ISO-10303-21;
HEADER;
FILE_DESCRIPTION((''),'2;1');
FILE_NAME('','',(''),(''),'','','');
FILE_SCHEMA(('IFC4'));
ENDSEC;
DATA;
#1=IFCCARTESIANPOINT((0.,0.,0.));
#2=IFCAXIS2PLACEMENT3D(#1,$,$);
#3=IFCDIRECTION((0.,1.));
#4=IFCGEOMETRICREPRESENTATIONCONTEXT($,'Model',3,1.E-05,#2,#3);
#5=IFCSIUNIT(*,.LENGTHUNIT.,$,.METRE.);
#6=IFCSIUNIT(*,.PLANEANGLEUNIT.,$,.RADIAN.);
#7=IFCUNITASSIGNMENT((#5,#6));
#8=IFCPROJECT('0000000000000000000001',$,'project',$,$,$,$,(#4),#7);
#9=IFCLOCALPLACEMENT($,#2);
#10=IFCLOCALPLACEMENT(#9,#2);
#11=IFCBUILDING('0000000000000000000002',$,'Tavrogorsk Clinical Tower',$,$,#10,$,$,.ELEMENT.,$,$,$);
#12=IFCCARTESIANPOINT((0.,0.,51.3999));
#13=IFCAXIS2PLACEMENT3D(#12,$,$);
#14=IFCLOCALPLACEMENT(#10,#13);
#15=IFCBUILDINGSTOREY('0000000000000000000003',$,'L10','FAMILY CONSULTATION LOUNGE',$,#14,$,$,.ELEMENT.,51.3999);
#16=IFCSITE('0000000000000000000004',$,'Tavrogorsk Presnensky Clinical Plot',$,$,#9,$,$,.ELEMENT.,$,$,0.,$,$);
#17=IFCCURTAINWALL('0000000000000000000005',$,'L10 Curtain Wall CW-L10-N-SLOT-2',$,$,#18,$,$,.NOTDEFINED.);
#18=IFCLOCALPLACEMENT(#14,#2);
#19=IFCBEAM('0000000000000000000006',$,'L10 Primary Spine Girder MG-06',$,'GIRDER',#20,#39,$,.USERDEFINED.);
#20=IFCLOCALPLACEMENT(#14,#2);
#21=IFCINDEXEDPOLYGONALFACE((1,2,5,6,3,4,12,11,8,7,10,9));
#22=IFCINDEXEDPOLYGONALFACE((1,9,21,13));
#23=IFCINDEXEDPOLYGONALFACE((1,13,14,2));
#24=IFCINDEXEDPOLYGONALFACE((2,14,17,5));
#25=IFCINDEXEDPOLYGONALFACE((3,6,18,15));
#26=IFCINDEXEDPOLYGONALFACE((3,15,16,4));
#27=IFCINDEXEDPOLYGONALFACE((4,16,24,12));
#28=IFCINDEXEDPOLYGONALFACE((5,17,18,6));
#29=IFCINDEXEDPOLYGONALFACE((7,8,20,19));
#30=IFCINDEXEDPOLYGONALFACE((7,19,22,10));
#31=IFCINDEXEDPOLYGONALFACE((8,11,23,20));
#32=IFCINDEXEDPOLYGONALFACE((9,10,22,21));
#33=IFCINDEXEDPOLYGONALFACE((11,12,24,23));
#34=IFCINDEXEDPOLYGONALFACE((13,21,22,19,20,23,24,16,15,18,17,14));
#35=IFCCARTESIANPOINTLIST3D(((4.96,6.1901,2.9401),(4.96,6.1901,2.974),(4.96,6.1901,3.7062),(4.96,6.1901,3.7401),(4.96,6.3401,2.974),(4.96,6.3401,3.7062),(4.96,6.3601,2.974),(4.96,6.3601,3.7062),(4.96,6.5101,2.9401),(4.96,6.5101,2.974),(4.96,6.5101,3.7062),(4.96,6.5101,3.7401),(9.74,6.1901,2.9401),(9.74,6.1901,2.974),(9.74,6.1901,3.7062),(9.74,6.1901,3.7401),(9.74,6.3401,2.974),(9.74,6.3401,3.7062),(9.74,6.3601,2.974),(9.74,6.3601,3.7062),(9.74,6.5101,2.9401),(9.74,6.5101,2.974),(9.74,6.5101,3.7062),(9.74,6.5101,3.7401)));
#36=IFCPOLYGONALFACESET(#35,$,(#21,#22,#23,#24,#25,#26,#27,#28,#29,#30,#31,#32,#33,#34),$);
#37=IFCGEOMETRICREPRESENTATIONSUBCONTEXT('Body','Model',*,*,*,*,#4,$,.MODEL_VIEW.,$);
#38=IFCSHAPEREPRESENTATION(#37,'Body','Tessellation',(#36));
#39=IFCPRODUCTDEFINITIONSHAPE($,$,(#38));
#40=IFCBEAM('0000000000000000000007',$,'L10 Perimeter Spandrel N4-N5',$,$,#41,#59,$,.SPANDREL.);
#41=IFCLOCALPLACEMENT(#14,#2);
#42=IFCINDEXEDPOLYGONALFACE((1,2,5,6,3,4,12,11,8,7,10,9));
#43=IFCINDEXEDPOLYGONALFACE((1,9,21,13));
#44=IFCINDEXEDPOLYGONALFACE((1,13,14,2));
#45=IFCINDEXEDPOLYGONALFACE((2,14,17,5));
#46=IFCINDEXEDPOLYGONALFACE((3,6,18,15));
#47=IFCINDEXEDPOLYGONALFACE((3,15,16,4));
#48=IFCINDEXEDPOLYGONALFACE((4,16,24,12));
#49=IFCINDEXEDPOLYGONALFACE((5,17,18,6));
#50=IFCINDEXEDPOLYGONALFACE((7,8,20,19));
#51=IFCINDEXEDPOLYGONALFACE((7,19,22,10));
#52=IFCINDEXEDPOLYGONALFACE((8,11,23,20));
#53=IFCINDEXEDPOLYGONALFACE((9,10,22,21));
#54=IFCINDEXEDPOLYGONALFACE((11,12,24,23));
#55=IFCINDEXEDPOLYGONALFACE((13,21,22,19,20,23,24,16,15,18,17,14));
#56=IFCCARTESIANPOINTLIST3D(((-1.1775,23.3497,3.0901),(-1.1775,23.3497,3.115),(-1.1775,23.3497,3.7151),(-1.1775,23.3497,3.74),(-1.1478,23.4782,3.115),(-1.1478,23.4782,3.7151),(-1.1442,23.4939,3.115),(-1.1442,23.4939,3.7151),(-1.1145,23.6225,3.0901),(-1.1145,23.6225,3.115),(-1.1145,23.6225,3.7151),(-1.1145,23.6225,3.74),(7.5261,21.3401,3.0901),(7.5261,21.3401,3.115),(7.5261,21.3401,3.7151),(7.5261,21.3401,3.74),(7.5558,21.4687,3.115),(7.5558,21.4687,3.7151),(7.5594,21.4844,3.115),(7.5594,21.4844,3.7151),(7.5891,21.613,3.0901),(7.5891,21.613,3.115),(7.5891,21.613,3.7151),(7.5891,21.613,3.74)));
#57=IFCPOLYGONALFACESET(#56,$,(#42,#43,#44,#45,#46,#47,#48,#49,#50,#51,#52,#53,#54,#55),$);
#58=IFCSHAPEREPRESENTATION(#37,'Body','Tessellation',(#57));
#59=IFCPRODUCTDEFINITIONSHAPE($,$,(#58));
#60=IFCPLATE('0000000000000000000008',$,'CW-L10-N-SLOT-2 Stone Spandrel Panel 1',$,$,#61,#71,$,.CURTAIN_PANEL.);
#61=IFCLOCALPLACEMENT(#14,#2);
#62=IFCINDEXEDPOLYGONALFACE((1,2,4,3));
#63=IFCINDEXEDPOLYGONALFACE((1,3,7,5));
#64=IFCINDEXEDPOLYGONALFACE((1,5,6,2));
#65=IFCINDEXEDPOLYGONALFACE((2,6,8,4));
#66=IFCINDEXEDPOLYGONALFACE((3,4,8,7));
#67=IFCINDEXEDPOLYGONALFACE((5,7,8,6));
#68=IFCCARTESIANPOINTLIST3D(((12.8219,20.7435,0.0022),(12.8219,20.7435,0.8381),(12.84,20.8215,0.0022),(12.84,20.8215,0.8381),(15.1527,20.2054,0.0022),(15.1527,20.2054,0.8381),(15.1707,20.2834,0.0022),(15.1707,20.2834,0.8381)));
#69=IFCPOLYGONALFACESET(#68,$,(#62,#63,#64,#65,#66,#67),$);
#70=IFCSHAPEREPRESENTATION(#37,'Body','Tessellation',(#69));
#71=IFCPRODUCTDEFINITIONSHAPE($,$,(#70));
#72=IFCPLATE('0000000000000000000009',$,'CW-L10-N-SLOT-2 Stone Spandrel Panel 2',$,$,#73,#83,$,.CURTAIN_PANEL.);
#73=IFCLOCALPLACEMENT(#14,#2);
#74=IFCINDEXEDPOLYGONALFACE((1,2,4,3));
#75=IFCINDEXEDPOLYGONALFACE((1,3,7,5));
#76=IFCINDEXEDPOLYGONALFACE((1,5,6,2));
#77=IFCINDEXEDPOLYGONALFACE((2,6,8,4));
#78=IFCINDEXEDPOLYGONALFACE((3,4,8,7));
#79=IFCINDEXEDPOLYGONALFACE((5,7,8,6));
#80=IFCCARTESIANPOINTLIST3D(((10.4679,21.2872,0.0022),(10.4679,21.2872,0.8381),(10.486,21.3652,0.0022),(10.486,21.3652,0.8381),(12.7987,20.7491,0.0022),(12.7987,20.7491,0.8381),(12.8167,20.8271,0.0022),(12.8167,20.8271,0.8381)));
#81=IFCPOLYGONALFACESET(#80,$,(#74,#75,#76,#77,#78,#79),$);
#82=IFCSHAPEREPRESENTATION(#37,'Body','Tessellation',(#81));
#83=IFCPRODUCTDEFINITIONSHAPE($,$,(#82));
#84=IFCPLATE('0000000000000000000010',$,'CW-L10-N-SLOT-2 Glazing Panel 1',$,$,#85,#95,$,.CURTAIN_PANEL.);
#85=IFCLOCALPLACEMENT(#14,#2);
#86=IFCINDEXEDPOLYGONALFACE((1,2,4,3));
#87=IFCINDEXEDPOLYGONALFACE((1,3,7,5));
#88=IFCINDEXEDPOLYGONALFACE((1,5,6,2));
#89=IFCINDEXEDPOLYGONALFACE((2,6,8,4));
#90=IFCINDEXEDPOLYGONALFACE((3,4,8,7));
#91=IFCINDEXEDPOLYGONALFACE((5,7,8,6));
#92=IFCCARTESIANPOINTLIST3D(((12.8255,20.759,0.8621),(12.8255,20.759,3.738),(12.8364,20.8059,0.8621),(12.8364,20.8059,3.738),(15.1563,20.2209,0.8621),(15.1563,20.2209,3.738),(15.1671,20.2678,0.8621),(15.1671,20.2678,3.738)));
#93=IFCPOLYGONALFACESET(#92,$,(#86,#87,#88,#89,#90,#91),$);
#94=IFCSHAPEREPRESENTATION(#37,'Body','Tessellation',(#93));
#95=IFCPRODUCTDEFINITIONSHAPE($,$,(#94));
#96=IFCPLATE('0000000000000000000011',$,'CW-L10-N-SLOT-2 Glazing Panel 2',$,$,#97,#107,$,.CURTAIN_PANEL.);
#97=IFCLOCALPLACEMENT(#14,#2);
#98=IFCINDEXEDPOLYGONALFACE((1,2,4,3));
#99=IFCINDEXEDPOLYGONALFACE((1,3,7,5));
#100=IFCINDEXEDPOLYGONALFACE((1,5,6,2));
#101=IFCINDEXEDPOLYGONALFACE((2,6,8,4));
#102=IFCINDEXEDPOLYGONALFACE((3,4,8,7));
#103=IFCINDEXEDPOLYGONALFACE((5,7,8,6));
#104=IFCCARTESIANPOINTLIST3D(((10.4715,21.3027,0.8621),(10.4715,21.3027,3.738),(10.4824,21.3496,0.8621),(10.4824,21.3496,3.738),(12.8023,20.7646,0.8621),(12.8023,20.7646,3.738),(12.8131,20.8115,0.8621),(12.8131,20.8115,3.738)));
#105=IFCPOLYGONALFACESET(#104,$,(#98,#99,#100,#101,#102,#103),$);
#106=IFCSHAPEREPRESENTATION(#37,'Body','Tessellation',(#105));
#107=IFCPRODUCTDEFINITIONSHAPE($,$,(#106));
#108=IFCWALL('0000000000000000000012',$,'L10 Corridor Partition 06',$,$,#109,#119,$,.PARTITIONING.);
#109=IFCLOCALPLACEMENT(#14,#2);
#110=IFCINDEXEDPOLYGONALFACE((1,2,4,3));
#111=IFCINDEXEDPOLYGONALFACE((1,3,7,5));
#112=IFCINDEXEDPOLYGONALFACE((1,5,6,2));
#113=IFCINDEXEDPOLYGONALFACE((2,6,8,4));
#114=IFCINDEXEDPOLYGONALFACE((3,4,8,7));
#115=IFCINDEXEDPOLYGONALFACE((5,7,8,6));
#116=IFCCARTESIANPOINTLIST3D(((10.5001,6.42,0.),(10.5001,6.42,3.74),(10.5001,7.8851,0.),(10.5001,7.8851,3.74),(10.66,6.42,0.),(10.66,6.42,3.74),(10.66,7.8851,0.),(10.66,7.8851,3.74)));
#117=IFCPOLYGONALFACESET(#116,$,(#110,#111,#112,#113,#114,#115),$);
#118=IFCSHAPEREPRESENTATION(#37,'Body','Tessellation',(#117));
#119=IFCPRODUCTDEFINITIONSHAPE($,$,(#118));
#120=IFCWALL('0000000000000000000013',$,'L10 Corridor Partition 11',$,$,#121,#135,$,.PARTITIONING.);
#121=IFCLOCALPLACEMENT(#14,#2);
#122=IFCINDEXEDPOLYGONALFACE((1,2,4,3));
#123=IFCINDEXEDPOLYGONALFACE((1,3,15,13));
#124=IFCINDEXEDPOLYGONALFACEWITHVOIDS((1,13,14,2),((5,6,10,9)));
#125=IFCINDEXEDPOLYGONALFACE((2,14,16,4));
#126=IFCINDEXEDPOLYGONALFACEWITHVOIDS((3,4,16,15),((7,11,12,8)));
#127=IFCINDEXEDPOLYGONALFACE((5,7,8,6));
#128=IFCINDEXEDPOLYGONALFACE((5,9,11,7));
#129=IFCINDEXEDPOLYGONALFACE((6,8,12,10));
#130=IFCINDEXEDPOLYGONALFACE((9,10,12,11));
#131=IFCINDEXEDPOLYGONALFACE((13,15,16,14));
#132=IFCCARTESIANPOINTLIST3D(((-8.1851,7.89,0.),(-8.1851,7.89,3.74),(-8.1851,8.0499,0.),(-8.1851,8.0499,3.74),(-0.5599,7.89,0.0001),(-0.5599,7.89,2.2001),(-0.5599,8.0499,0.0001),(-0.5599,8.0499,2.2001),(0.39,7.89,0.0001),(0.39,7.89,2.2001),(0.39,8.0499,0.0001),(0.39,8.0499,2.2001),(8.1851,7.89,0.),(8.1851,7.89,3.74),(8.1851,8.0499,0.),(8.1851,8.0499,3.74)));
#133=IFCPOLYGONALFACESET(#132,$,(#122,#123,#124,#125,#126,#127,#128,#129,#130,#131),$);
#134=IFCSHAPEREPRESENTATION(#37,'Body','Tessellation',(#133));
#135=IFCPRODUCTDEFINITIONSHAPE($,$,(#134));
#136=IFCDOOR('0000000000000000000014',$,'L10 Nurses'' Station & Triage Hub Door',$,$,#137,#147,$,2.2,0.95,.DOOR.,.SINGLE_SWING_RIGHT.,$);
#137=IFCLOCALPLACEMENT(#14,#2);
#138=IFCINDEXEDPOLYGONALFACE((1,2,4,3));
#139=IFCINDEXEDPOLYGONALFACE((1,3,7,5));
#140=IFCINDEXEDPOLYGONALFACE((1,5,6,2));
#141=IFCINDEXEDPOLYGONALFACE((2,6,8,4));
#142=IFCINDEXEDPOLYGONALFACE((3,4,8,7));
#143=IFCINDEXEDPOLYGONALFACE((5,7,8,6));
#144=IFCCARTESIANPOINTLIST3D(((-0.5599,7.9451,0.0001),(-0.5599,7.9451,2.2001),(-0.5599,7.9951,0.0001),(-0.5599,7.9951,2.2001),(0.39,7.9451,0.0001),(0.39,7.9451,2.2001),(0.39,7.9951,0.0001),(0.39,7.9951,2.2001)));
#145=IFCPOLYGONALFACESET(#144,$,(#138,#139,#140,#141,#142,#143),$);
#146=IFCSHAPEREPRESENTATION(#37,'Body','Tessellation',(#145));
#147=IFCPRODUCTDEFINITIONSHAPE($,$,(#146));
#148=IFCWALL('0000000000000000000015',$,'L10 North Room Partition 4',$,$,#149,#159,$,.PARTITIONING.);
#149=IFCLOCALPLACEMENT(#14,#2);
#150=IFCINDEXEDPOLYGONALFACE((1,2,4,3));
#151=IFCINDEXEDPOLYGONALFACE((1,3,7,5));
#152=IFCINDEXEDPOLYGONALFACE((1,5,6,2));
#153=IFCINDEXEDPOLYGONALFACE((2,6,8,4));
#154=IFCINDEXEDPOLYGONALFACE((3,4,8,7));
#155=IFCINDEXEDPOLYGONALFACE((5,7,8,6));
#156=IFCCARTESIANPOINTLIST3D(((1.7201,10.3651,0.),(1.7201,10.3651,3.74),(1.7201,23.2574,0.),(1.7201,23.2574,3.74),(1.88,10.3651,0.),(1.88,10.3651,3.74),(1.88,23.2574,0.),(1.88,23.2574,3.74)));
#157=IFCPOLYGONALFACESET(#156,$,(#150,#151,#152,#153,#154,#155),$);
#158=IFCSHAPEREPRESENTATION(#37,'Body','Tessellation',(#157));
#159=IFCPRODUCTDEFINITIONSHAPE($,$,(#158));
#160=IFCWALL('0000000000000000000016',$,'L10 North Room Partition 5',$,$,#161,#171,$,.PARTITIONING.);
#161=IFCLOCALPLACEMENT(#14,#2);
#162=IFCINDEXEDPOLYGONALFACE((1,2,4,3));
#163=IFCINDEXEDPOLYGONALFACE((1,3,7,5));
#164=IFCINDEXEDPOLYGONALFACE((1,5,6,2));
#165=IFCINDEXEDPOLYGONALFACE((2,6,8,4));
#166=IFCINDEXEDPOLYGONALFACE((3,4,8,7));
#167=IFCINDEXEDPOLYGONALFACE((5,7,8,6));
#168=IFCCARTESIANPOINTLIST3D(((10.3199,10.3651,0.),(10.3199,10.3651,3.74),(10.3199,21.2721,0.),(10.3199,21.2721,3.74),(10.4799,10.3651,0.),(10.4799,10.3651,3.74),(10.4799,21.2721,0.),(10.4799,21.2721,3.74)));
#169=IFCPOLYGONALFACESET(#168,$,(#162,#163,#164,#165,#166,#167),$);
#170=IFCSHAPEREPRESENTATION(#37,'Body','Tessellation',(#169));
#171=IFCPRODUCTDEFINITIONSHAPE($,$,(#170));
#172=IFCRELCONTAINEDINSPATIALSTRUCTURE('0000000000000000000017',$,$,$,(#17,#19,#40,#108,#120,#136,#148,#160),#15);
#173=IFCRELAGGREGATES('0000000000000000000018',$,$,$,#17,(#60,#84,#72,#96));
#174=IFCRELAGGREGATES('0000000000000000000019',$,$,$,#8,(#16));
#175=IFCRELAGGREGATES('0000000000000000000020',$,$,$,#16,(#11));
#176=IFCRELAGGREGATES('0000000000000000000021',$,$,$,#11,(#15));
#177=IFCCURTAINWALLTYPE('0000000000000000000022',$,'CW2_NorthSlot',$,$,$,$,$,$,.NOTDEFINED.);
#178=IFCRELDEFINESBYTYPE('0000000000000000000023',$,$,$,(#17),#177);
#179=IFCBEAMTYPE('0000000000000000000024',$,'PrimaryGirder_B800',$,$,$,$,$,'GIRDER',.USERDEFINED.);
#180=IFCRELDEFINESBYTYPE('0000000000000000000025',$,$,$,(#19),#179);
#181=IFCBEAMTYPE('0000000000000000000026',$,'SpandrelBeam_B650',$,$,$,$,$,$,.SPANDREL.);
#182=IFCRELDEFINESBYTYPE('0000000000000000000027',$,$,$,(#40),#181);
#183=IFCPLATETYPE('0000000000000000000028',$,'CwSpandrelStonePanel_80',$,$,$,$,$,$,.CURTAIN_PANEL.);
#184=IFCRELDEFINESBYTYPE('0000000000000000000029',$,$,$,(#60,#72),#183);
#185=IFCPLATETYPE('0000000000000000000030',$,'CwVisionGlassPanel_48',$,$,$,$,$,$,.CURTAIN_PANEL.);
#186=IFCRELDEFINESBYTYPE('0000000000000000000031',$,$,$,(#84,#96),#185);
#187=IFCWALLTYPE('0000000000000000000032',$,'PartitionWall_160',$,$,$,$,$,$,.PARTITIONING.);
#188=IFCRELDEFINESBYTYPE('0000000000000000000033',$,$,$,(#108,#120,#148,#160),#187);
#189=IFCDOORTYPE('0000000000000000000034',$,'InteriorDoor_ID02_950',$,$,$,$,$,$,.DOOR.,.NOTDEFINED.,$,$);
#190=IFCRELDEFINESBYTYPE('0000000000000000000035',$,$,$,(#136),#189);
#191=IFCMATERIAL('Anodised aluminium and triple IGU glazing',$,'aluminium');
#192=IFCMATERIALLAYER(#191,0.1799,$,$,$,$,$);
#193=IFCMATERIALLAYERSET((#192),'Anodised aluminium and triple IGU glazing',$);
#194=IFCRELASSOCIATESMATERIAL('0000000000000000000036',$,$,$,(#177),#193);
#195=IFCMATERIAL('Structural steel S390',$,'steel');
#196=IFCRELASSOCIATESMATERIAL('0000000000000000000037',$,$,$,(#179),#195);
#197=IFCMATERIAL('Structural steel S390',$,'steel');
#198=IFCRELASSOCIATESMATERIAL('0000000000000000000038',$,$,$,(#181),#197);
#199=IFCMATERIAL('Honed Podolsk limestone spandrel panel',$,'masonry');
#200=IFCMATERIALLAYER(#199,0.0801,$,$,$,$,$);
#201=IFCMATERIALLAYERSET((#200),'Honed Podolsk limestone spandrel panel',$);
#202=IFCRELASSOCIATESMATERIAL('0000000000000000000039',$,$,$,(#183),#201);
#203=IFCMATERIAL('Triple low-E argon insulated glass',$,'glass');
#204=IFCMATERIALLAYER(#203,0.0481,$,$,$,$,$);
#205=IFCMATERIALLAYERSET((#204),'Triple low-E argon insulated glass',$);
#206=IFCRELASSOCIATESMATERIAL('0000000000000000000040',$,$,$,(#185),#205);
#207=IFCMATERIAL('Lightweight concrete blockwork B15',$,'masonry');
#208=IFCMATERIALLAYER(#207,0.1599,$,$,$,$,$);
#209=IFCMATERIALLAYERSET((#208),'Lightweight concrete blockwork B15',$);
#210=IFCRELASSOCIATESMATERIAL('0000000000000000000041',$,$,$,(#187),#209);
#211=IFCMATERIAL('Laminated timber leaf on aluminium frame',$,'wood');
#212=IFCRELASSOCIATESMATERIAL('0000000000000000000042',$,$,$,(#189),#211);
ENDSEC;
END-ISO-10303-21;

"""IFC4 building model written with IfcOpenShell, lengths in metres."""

from ifc_helpers import new_model, si_unit, direction, frame, frame_2d, origin, origin_2d, place, context, subcontext, project, spatial, rectangle, i_section, extrude, material, layer, layer_set, material_profile, profile_set, type_object, element, fill, aggregate, save


model = new_model("IFC4")

# Units and contexts
model_context = context("Model", 3, precision=1e-05, world=origin(), true_north=direction((0.0, 1.0)))
body_context = subcontext(model_context, "Body", "Model", "MODEL_VIEW")
ifc_project = project(units=[si_unit("LENGTHUNIT", "METRE"), si_unit("PLANEANGLEUNIT", "RADIAN")], contexts=[model_context])

# Site, building, storey
site_placement = place(None, origin())
site = spatial("IfcSite", under=ifc_project, at=site_placement, Name="Tavrogorsk Presnensky Clinical Plot", CompositionType="ELEMENT", RefElevation=0.0)
building_placement = place(site_placement, origin())
building = spatial("IfcBuilding", under=site, at=building_placement, Name="Tavrogorsk Clinical Tower", CompositionType="ELEMENT")
storey_placement = place(building_placement, frame((0.0, 0.0, 51.3999)))
storey = spatial("IfcBuildingStorey", under=building, at=storey_placement, Name="L10", Description="FAMILY CONSULTATION LOUNGE", CompositionType="ELEMENT", Elevation=51.3999)

# Curtain wall
ifc_material_1 = material(Name="Anodised aluminium and triple IGU glazing", Category="aluminium")
ifc_layer_1 = layer(ifc_material_1, 0.1799)
ifc_layer_set_1 = layer_set([ifc_layer_1], Name="Anodised aluminium and triple IGU glazing")
curtain_wall_type = type_object("IfcCurtainWallType", Name="CW2_NorthSlot", PredefinedType="NOTDEFINED", material=ifc_layer_set_1)
curtain_wall_placement = place(storey_placement, origin())
curtain_wall = element("IfcCurtainWall", 1, at=curtain_wall_placement, inside=storey, type_object=curtain_wall_type, Name="L10 Curtain Wall CW-L10-N-SLOT-2", PredefinedType="NOTDEFINED")

# Beams
ifc_material_2 = material(Name="Structural steel S390", Category="steel")
ifc_material_profile_1 = material_profile(ifc_material_2, i_section(OverallWidth=0.3201, OverallDepth=0.8, WebThickness=0.02, FlangeThickness=0.0339, at=origin_2d()), Name="B-800x320x20x34")
ifc_profile_set_1 = profile_set([ifc_material_profile_1], Name="Structural steel S390")
beam_type_1 = type_object("IfcBeamType", Name="PrimaryGirder_B800", ElementType="GIRDER", PredefinedType="USERDEFINED", material=ifc_profile_set_1)
beam_1_placement = place(storey_placement, frame((4.96, 6.3501, 3.3401), z_axis=(1.0, 0.0, 0.0), x_axis=(0.0, 1.0, 0.0)))
element("IfcBeam", 2, at=beam_1_placement, inside=storey, type_object=beam_type_1, Name="L10 Primary Spine Girder MG-06", ObjectType="GIRDER", PredefinedType="USERDEFINED", context=body_context, shape_type="SweptSolid", body=[
    extrude(i_section(OverallWidth=0.3201, OverallDepth=0.8, WebThickness=0.02, FlangeThickness=0.0339, at=origin_2d()), origin(), (0.0, 0.0, 1.0), 4.78),
])
ifc_material_3 = material(Name="Structural steel S390", Category="steel")
ifc_material_profile_2 = material_profile(ifc_material_3, i_section(OverallWidth=0.28, OverallDepth=0.6499, WebThickness=0.0161, FlangeThickness=0.0249, at=origin_2d()), Name="B-650x280x16x25")
ifc_profile_set_2 = profile_set([ifc_material_profile_2], Name="Structural steel S390")
beam_type_2 = type_object("IfcBeamType", Name="SpandrelBeam_B650", PredefinedType="SPANDREL", material=ifc_profile_set_2)
beam_2_placement = place(storey_placement, frame((7.5576, 21.4766, 3.415), z_axis=(-0.974367, 0.224965, 0.0), x_axis=(-0.224965, -0.974367, 0.0)))
element("IfcBeam", 3, at=beam_2_placement, inside=storey, type_object=beam_type_2, Name="L10 Perimeter Spandrel N4-N5", PredefinedType="SPANDREL", context=body_context, shape_type="SweptSolid", body=[
    extrude(i_section(OverallWidth=0.28, OverallDepth=0.6499, WebThickness=0.0161, FlangeThickness=0.0249, at=origin_2d()), origin(), (0.0, 0.0, 1.0), 8.9326),
])

# Plates
ifc_material_4 = material(Name="Honed Podolsk limestone spandrel panel", Category="masonry")
ifc_layer_2 = layer(ifc_material_4, 0.0801)
ifc_layer_set_2 = layer_set([ifc_layer_2], Name="Honed Podolsk limestone spandrel panel")
plate_type_1 = type_object("IfcPlateType", Name="CwSpandrelStonePanel_80", PredefinedType="CURTAIN_PANEL", material=ifc_layer_set_2)
plate_1_placement = place(storey_placement, frame((13.9963, 20.5134, 0.0022), z_axis=(0.0, 0.0, 1.0), x_axis=(-0.97437, 0.224951, 0.0)))
plate_1 = element("IfcPlate", 4, at=plate_1_placement, type_object=plate_type_1, Name="CW-L10-N-SLOT-2 Stone Spandrel Panel 1", PredefinedType="CURTAIN_PANEL", context=body_context, shape_type="SweptSolid", body=[
    extrude(rectangle(XDim=2.3921, YDim=0.0801, at=origin_2d()), origin(), (0.0, 0.0, 1.0), 0.8359),
])
plate_2_placement = place(storey_placement, frame((11.6423, 21.0571, 0.0022), z_axis=(0.0, 0.0, 1.0), x_axis=(-0.97437, 0.224951, 0.0)))
plate_2 = element("IfcPlate", 5, at=plate_2_placement, type_object=plate_type_1, Name="CW-L10-N-SLOT-2 Stone Spandrel Panel 2", PredefinedType="CURTAIN_PANEL", context=body_context, shape_type="SweptSolid", body=[
    extrude(rectangle(XDim=2.3921, YDim=0.0801, at=origin_2d()), origin(), (0.0, 0.0, 1.0), 0.8359),
])
ifc_material_5 = material(Name="Triple low-E argon insulated glass", Category="glass")
ifc_layer_3 = layer(ifc_material_5, 0.0481)
ifc_layer_set_3 = layer_set([ifc_layer_3], Name="Triple low-E argon insulated glass")
plate_type_2 = type_object("IfcPlateType", Name="CwVisionGlassPanel_48", PredefinedType="CURTAIN_PANEL", material=ifc_layer_set_3)
plate_3_placement = place(storey_placement, frame((13.9963, 20.5134, 0.8621), z_axis=(0.0, 0.0, 1.0), x_axis=(-0.97437, 0.224951, 0.0)))
plate_3 = element("IfcPlate", 6, at=plate_3_placement, type_object=plate_type_2, Name="CW-L10-N-SLOT-2 Glazing Panel 1", PredefinedType="CURTAIN_PANEL", context=body_context, shape_type="SweptSolid", body=[
    extrude(rectangle(XDim=2.3921, YDim=0.0481, at=origin_2d()), origin(), (0.0, 0.0, 1.0), 2.876),
])
plate_4_placement = place(storey_placement, frame((11.6423, 21.0571, 0.8621), z_axis=(0.0, 0.0, 1.0), x_axis=(-0.97437, 0.224951, 0.0)))
plate_4 = element("IfcPlate", 7, at=plate_4_placement, type_object=plate_type_2, Name="CW-L10-N-SLOT-2 Glazing Panel 2", PredefinedType="CURTAIN_PANEL", context=body_context, shape_type="SweptSolid", body=[
    extrude(rectangle(XDim=2.3921, YDim=0.0481, at=origin_2d()), origin(), (0.0, 0.0, 1.0), 2.876),
])
aggregate(curtain_wall, [plate_1, plate_3, plate_2, plate_4])

# Wall
ifc_material_6 = material(Name="Lightweight concrete blockwork B15", Category="masonry")
ifc_layer_4 = layer(ifc_material_6, 0.1599)
ifc_layer_set_4 = layer_set([ifc_layer_4], Name="Lightweight concrete blockwork B15")
wall_type_1 = type_object("IfcWallType", Name="PartitionWall_160", PredefinedType="PARTITIONING", material=ifc_layer_set_4)
wall_1_placement = place(storey_placement, frame((10.5801, 7.885, 0.0), z_axis=(0.0, 0.0, 1.0), x_axis=(0.0, -1.0, 0.0)))
element("IfcWall", 8, at=wall_1_placement, inside=storey, type_object=wall_type_1, Name="L10 Corridor Partition 06", PredefinedType="PARTITIONING", context=body_context, shape_type="SweptSolid", body=[
    extrude(rectangle(XDim=1.4651, YDim=0.1599, at=frame_2d((0.7324, 0.0))), origin(), (0.0, 0.0, 1.0), 3.74),
])

# Wall, opening, door
wall_2_placement = place(storey_placement, frame((8.1851, 7.97, 0.0), z_axis=(0.0, 0.0, 1.0), x_axis=(-1.0, 0.0, 0.0)))
wall_2 = element("IfcWall", 9, at=wall_2_placement, inside=storey, type_object=wall_type_1, Name="L10 Corridor Partition 11", PredefinedType="PARTITIONING", context=body_context, shape_type="SweptSolid", body=[
    extrude(rectangle(XDim=16.3701, YDim=0.1599, at=frame_2d((8.1851, 0.0))), origin(), (0.0, 0.0, 1.0), 3.74),
])
opening_1_placement = place(wall_2_placement, frame((7.7949, 0.0, 0.0)))
opening_1 = element("IfcOpeningElement", 10, at=opening_1_placement, cuts=wall_2, PredefinedType="OPENING", context=body_context, shape_type="SweptSolid", body=[
    extrude(rectangle(XDim=0.95, YDim=2.2, at=frame_2d((0.4751, 1.1001))), frame((0.0, 0.0898, 0.0), z_axis=(0.0, -1.0, 0.0), x_axis=(1.0, 0.0, 0.0)), (0.0, 0.0, 1.0), 0.1799),
])
ifc_material_7 = material(Name="Laminated timber leaf on aluminium frame", Category="wood")
door_type = type_object("IfcDoorType", Name="InteriorDoor_ID02_950", OperationType="NOTDEFINED", PredefinedType="DOOR", material=ifc_material_7)
door_placement = place(opening_1_placement, origin())
door = element("IfcDoor", 11, at=door_placement, inside=storey, type_object=door_type, Name="L10 Nurses' Station & Triage Hub Door", OperationType="SINGLE_SWING_RIGHT", OverallHeight=2.2, OverallWidth=0.95, PredefinedType="DOOR", context=body_context, shape_type="SweptSolid", body=[
    extrude(rectangle(XDim=0.95, YDim=2.2, at=frame_2d((0.4751, 1.1001))), frame((0.0, 0.0249, 0.0), z_axis=(0.0, -1.0, 0.0), x_axis=(1.0, 0.0, 0.0)), (0.0, 0.0, 1.0), 0.05),
])
fill(opening_1, door)

# Walls
wall_3_placement = place(storey_placement, frame((1.8, 10.365, 0.0), z_axis=(0.0, 0.0, 1.0), x_axis=(0.0, 1.0, 0.0)))
element("IfcWall", 12, at=wall_3_placement, inside=storey, type_object=wall_type_1, Name="L10 North Room Partition 4", PredefinedType="PARTITIONING", context=body_context, shape_type="SweptSolid", body=[
    extrude(rectangle(XDim=12.8923, YDim=0.1599, at=frame_2d((6.4463, 0.0))), origin(), (0.0, 0.0, 1.0), 3.74),
])
wall_4_placement = place(storey_placement, frame((10.3999, 10.365, 0.0), z_axis=(0.0, 0.0, 1.0), x_axis=(0.0, 1.0, 0.0)))
element("IfcWall", 13, at=wall_4_placement, inside=storey, type_object=wall_type_1, Name="L10 North Room Partition 5", PredefinedType="PARTITIONING", context=body_context, shape_type="SweptSolid", body=[
    extrude(rectangle(XDim=10.907, YDim=0.1599, at=frame_2d((5.4536, 0.0))), origin(), (0.0, 0.0, 1.0), 3.74),
])

save(model, "model.ifc")
